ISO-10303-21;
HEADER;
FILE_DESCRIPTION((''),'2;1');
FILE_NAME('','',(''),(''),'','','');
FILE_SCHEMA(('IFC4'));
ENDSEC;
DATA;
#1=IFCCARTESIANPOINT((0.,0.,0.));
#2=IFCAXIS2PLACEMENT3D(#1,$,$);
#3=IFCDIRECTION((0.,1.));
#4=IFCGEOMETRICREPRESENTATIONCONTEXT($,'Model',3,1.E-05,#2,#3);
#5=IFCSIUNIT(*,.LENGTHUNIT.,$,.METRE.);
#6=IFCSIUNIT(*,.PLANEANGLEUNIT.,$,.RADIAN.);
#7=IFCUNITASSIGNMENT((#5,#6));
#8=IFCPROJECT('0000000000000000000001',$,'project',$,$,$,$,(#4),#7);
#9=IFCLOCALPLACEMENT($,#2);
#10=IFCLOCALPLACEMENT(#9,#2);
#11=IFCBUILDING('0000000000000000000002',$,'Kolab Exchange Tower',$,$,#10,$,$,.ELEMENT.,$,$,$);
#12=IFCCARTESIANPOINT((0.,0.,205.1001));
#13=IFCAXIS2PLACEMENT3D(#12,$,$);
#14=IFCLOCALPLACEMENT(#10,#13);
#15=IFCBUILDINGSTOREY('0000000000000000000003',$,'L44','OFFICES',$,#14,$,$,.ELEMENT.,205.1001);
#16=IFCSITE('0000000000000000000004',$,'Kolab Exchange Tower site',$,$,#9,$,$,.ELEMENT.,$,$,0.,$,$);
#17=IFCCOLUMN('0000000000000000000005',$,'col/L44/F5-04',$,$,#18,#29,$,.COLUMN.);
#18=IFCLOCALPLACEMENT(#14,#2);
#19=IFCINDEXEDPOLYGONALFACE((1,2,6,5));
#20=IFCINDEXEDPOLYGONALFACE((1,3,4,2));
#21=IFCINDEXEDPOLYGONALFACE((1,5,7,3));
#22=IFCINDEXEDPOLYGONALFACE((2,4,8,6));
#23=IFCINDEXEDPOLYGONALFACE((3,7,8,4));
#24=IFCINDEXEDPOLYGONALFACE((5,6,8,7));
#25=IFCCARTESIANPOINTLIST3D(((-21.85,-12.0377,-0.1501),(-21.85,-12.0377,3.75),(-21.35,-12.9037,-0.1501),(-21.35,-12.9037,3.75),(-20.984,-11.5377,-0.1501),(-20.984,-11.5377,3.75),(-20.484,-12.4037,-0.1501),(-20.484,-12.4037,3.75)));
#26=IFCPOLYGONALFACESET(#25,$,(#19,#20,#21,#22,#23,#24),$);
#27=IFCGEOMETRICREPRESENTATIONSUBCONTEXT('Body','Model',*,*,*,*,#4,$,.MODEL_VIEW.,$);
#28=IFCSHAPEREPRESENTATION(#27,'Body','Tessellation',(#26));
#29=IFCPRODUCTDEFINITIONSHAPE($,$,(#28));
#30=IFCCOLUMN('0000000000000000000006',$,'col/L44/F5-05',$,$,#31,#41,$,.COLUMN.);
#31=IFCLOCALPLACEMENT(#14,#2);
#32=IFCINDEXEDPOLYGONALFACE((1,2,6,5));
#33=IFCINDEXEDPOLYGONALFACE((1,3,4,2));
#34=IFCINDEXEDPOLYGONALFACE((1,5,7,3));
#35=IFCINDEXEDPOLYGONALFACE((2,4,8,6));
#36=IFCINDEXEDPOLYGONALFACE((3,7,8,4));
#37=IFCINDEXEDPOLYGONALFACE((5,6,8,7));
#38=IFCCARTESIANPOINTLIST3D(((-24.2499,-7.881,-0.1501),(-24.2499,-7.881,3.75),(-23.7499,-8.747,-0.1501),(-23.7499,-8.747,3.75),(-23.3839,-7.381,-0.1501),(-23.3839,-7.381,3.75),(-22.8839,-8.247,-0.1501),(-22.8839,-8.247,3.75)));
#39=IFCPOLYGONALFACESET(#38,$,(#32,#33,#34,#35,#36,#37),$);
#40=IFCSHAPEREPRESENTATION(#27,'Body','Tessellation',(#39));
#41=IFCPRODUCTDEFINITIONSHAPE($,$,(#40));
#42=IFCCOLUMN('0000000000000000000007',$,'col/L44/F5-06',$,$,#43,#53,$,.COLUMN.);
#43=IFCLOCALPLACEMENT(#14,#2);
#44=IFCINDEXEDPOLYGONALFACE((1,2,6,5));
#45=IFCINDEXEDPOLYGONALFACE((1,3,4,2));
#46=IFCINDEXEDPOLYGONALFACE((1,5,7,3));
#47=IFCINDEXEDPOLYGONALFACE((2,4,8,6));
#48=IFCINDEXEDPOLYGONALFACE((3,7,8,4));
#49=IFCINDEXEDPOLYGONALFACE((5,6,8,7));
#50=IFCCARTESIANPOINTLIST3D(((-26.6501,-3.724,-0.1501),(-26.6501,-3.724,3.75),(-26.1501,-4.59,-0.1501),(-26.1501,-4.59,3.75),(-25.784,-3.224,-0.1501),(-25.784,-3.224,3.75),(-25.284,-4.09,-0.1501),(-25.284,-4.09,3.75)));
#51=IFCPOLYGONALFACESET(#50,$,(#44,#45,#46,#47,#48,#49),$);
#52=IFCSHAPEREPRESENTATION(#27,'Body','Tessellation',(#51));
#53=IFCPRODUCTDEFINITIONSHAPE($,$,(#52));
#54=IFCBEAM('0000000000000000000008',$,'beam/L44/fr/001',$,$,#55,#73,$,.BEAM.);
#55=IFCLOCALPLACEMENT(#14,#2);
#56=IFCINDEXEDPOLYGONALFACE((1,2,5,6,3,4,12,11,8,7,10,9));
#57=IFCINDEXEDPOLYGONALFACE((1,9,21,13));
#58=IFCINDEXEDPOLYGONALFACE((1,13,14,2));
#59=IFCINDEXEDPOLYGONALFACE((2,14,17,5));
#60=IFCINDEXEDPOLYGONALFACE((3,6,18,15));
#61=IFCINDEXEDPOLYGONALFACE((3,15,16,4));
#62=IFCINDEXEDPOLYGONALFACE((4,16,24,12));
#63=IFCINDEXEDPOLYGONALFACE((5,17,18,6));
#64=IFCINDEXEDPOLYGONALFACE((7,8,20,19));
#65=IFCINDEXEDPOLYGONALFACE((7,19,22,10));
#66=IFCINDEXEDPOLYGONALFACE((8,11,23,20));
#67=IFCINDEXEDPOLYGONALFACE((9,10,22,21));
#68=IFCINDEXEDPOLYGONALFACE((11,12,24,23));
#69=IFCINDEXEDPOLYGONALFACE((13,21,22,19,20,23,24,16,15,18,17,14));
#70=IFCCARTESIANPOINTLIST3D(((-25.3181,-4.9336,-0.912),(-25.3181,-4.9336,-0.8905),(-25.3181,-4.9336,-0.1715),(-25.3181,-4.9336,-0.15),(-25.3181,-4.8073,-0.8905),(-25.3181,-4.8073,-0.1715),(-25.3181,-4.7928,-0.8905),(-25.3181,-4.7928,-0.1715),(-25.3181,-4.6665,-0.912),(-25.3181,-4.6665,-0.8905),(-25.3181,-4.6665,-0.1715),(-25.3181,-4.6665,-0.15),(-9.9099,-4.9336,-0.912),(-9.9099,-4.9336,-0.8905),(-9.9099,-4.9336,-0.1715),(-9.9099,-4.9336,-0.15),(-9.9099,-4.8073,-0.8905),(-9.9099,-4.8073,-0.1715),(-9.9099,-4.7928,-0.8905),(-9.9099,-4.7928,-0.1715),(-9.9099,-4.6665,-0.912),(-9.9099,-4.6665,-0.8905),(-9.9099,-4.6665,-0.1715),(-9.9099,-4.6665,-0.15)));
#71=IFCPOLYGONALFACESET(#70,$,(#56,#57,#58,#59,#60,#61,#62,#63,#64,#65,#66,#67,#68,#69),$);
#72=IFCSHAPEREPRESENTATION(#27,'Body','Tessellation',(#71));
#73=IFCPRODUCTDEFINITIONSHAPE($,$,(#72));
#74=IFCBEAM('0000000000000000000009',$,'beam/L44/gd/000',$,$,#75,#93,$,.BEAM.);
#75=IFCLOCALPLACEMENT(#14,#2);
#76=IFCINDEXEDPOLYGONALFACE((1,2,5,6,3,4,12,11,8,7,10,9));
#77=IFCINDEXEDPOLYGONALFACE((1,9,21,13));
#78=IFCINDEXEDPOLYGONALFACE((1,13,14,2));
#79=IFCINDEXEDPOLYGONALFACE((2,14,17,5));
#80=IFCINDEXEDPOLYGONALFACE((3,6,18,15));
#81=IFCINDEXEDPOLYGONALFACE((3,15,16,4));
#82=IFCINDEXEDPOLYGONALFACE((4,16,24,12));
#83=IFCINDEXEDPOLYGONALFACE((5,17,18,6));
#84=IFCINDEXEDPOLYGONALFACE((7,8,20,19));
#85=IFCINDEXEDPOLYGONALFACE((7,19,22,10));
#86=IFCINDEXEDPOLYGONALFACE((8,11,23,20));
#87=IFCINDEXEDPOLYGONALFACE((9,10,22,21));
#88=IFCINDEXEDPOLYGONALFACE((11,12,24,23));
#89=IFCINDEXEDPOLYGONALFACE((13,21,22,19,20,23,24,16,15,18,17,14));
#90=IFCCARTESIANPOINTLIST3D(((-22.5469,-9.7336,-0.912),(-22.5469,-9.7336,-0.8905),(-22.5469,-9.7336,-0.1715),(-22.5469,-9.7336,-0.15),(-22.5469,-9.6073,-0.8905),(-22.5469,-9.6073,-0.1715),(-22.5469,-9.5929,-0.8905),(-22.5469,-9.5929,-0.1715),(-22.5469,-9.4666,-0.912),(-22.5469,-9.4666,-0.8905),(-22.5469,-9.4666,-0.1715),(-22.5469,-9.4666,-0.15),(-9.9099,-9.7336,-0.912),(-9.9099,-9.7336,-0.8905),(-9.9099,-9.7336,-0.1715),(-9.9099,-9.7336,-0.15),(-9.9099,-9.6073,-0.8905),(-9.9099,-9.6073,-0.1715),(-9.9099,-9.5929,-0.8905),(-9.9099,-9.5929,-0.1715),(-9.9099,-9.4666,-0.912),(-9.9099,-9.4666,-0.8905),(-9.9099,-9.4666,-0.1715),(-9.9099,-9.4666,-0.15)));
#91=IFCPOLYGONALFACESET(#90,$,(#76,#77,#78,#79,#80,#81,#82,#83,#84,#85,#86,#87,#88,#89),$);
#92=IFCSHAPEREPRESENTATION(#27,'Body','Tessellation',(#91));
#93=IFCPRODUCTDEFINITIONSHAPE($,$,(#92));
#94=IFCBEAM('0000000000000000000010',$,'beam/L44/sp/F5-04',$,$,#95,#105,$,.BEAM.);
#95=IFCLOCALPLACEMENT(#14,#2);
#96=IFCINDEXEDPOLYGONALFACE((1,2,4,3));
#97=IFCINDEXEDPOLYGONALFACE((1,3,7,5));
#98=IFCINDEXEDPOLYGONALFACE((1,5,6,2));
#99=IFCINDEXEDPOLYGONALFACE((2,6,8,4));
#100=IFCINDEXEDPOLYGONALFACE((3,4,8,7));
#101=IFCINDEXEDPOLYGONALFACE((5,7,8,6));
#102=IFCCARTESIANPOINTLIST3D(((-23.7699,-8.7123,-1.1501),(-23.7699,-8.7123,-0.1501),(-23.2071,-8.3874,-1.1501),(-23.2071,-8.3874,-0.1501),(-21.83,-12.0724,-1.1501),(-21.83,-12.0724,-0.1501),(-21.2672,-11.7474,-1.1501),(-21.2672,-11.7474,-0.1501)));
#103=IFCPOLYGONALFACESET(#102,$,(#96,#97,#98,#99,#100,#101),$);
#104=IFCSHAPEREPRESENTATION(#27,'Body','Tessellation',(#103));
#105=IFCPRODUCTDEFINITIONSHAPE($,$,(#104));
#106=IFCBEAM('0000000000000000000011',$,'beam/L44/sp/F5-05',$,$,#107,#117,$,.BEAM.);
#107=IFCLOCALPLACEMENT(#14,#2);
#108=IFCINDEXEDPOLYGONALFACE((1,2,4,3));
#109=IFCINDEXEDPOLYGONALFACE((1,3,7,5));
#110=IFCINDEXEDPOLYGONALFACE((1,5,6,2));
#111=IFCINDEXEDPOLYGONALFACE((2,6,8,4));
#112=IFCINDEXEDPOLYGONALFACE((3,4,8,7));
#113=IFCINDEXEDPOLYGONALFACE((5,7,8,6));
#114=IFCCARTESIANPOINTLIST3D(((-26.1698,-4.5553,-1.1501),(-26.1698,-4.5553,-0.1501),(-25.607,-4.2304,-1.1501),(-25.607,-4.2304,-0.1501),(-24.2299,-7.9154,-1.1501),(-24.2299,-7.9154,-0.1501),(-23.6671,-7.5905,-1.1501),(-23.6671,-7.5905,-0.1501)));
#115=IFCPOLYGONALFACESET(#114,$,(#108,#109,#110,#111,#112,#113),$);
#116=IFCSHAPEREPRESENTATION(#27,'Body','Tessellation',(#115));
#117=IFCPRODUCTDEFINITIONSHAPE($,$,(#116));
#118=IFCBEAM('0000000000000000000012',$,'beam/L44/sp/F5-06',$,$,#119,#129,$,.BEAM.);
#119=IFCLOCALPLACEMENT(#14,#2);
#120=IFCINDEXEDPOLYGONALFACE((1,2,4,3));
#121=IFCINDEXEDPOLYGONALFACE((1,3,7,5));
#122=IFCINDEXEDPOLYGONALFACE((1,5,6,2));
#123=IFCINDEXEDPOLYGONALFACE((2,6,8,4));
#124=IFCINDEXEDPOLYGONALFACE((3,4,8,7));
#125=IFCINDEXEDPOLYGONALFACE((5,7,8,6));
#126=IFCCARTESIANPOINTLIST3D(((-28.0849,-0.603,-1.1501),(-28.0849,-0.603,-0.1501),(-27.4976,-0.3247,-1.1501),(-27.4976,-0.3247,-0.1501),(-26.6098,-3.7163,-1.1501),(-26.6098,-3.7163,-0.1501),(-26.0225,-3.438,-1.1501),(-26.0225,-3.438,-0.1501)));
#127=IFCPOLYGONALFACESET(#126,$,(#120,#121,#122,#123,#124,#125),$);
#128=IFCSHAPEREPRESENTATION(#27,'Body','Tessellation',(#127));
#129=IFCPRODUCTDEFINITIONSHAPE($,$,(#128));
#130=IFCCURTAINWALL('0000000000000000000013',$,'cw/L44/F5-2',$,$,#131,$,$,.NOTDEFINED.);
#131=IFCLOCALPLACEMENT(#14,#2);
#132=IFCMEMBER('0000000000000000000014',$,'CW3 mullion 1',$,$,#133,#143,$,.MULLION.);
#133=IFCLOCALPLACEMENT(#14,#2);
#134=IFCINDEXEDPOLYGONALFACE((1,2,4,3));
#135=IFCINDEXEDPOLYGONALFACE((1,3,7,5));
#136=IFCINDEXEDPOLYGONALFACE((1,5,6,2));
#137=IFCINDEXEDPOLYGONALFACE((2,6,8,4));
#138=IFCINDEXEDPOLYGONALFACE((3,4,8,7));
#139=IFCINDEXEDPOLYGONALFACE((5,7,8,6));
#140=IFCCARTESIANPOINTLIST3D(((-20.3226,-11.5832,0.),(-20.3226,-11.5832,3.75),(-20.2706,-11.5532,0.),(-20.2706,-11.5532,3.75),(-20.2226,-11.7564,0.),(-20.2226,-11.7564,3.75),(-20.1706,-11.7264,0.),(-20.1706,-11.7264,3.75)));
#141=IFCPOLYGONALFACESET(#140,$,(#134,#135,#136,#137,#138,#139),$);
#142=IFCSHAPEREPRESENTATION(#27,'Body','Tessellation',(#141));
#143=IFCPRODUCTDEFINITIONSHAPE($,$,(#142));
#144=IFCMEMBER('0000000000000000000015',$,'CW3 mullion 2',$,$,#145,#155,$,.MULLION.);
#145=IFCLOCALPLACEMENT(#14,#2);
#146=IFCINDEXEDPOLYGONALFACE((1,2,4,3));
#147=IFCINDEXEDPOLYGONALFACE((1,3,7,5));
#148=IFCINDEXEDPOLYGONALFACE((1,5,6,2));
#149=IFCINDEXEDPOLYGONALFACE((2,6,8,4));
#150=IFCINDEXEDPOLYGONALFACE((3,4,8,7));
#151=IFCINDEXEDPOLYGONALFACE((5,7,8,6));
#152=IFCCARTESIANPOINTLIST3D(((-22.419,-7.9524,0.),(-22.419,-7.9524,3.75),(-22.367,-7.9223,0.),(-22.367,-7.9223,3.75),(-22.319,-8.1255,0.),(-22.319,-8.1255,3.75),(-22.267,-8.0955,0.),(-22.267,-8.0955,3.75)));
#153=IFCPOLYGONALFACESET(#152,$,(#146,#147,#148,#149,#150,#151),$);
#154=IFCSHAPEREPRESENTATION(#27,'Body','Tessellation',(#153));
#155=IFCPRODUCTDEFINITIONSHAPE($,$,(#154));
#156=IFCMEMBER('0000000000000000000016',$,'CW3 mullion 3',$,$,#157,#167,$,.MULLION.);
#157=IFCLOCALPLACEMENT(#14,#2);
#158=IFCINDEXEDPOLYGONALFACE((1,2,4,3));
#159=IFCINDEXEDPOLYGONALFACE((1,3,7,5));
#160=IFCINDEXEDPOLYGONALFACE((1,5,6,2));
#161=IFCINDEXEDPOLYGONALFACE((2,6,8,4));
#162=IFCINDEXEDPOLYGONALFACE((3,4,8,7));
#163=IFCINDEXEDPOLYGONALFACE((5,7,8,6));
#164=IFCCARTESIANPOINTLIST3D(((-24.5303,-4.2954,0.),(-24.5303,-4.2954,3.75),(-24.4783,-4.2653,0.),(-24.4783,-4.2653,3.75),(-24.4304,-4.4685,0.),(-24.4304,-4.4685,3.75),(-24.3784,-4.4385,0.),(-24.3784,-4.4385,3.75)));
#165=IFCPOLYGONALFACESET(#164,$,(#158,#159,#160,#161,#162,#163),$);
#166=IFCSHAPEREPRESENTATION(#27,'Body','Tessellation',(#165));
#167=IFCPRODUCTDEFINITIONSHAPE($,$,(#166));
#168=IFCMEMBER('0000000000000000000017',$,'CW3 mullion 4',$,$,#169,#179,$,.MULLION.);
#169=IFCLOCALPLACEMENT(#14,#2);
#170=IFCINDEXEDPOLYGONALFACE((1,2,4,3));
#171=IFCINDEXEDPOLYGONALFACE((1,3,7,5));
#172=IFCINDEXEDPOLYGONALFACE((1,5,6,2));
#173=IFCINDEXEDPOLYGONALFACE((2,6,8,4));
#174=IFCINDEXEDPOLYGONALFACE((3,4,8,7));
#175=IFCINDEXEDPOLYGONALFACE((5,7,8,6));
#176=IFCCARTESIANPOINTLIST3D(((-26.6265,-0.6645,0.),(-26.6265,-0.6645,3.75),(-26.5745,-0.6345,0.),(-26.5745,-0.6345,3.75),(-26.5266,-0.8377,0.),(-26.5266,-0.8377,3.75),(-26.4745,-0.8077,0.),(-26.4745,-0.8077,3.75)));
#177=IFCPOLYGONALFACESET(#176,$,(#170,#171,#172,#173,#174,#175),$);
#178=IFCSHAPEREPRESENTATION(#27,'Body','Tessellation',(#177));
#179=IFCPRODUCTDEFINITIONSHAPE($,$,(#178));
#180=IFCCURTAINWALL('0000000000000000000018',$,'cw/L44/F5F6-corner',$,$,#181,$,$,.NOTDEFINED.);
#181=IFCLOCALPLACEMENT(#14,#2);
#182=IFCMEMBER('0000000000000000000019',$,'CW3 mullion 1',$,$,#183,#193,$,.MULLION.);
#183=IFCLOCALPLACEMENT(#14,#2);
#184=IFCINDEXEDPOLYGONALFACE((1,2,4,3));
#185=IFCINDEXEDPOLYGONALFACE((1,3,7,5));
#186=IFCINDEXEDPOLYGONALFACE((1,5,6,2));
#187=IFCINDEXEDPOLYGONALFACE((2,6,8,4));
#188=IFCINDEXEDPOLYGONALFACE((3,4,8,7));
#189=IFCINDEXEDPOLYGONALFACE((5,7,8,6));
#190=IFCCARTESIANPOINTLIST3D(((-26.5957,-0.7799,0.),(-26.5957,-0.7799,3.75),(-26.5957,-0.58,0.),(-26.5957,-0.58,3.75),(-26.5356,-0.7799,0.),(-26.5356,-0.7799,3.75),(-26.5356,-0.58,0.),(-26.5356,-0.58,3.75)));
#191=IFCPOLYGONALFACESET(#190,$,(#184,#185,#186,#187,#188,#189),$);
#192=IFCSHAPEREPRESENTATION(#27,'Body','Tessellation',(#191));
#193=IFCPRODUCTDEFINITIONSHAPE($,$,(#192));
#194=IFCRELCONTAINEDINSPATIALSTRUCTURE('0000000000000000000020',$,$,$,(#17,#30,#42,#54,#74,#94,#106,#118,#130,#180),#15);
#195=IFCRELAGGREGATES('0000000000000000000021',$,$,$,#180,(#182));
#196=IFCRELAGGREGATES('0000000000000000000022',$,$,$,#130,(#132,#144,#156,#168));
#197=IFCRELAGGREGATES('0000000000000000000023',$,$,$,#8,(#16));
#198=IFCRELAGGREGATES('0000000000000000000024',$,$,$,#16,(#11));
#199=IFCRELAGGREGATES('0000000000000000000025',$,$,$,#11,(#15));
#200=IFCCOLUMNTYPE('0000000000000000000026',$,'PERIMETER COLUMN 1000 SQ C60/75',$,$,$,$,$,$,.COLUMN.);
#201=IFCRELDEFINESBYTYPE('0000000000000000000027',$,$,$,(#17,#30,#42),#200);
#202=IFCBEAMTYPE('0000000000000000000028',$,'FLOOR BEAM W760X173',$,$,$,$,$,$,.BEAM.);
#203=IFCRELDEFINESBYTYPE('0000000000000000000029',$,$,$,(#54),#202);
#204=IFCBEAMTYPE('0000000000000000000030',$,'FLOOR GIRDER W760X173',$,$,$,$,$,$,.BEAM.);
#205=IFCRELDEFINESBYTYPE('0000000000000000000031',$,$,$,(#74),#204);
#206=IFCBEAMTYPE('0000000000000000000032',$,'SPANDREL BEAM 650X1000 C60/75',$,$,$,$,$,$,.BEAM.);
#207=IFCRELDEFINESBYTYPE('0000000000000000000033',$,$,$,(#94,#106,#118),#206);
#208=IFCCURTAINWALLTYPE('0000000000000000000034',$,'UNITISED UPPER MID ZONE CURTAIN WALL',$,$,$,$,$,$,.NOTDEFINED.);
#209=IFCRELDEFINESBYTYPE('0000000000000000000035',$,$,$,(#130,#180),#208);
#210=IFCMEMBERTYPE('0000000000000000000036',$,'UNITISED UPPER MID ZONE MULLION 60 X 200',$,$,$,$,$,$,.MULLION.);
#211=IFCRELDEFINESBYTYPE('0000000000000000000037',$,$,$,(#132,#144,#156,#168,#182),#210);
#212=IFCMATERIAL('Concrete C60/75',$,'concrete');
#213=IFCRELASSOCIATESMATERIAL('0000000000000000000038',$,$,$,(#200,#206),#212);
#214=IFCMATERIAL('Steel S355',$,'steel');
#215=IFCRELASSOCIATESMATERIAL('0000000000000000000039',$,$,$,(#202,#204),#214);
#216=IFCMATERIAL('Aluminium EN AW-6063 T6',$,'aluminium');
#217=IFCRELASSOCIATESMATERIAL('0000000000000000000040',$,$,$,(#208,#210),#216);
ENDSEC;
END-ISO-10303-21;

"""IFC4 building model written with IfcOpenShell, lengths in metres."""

from ifc_helpers import new_model, si_unit, direction, frame, origin, origin_2d, place, context, subcontext, project, spatial, rectangle, i_section, extrude, material, material_profile, profile_set, type_object, element, aggregate, save


model = new_model("IFC4")

# Units and contexts
model_context = context("Model", 3, precision=1e-05, world=origin(), true_north=direction((0.0, 1.0)))
body_context = subcontext(model_context, "Body", "Model", "MODEL_VIEW")
ifc_project = project(units=[si_unit("LENGTHUNIT", "METRE"), si_unit("PLANEANGLEUNIT", "RADIAN")], contexts=[model_context])

# Site, building, storey
site_placement = place(None, origin())
site = spatial("IfcSite", under=ifc_project, at=site_placement, Name="Kolab Exchange Tower site", CompositionType="ELEMENT", RefElevation=0.0)
building_placement = place(site_placement, origin())
building = spatial("IfcBuilding", under=site, at=building_placement, Name="Kolab Exchange Tower", CompositionType="ELEMENT")
storey_placement = place(building_placement, frame((0.0, 0.0, 205.1001)))
storey = spatial("IfcBuildingStorey", under=building, at=storey_placement, Name="L44", Description="OFFICES", CompositionType="ELEMENT", Elevation=205.1001)

# Columns
ifc_material_1 = material(Name="Concrete C60/75", Category="concrete")
ifc_material_profile_1 = material_profile(ifc_material_1, rectangle(XDim=1.0, YDim=1.0, at=origin_2d()), Name="RC1000")
ifc_profile_set_1 = profile_set([ifc_material_profile_1], Name="Concrete C60/75")
column_type = type_object("IfcColumnType", Name="PERIMETER COLUMN 1000 SQ C60/75", PredefinedType="COLUMN", material=ifc_profile_set_1)
for number, where, z_axis, x_axis, name in (
    (1, (-21.167, -12.2207, -0.1501), (0.0, 0.0, 1.0), (0.866025, 0.5, 0.0), "col/L44/F5-04"),
    (2, (-23.5669, -8.064, -0.1501), (0.0, 0.0, 1.0), (0.866025, 0.5, 0.0), "col/L44/F5-05"),
    (3, (-25.967, -3.907, -0.1501), (0.0, 0.0, 1.0), (0.866025, 0.5, 0.0), "col/L44/F5-06"),
):
    element("IfcColumn", number, at=place(storey_placement, frame(where, z_axis=z_axis, x_axis=x_axis)), inside=storey, type_object=column_type, Name=name, PredefinedType="COLUMN", context=body_context, shape_type="SweptSolid", body=[
        extrude(rectangle(XDim=1.0, YDim=1.0, at=origin_2d()), origin(), (0.0, 0.0, 1.0), 3.9001),
    ])

# Beams
ifc_material_2 = material(Name="Steel S355", Category="steel")
ifc_material_profile_2 = material_profile(ifc_material_2, i_section(OverallWidth=0.2671, OverallDepth=0.762, WebThickness=0.0144, FlangeThickness=0.0215, at=origin_2d()), Name="W760X173")
ifc_profile_set_2 = profile_set([ifc_material_profile_2], Name="Steel S355")
beam_type_1 = type_object("IfcBeamType", Name="FLOOR BEAM W760X173", PredefinedType="BEAM", material=ifc_profile_set_2)
beam_1_placement = place(storey_placement, frame((-25.3181, -4.8, -0.531), z_axis=(1.0, 0.0, 0.0), x_axis=(0.0, 1.0, 0.0)))
element("IfcBeam", 4, at=beam_1_placement, inside=storey, type_object=beam_type_1, Name="beam/L44/fr/001", PredefinedType="BEAM", context=body_context, shape_type="SweptSolid", body=[
    extrude(i_section(OverallWidth=0.2671, OverallDepth=0.762, WebThickness=0.0144, FlangeThickness=0.0215, at=origin_2d()), origin(), (0.0, 0.0, 1.0), 15.4082),
])
ifc_material_profile_3 = material_profile(ifc_material_2, i_section(OverallWidth=0.2671, OverallDepth=0.762, WebThickness=0.0144, FlangeThickness=0.0215, at=origin_2d()), Name="W760X173")
ifc_profile_set_3 = profile_set([ifc_material_profile_3], Name="Steel S355")
beam_type_2 = type_object("IfcBeamType", Name="FLOOR GIRDER W760X173", PredefinedType="BEAM", material=ifc_profile_set_3)
beam_2_placement = place(storey_placement, frame((-22.5469, -9.6001, -0.531), z_axis=(1.0, 0.0, 0.0), x_axis=(0.0, 1.0, 0.0)))
element("IfcBeam", 5, at=beam_2_placement, inside=storey, type_object=beam_type_2, Name="beam/L44/gd/000", PredefinedType="BEAM", context=body_context, shape_type="SweptSolid", body=[
    extrude(i_section(OverallWidth=0.2671, OverallDepth=0.762, WebThickness=0.0144, FlangeThickness=0.0215, at=origin_2d()), origin(), (0.0, 0.0, 1.0), 12.637),
])
ifc_material_profile_4 = material_profile(ifc_material_1, rectangle(XDim=0.6499, YDim=1.0, at=origin_2d()), Name="RC650X1000")
ifc_profile_set_4 = profile_set([ifc_material_profile_4], Name="Concrete C60/75")
beam_type_3 = type_object("IfcBeamType", Name="SPANDREL BEAM 650X1000 C60/75", PredefinedType="BEAM", material=ifc_profile_set_4)
for number, where, z_axis, x_axis, name in (
    (6, (-21.5486, -11.9099, -0.6501), (-0.499997, 0.866027, 0.0), (-0.866027, -0.499997, 0.0), "beam/L44/sp/F5-04"),
    (7, (-23.9485, -7.7529, -0.6501), (-0.499997, 0.866027, 0.0), (-0.866027, -0.499997, 0.0), "beam/L44/sp/F5-05"),
):
    element("IfcBeam", number, at=place(storey_placement, frame(where, z_axis=z_axis, x_axis=x_axis)), inside=storey, type_object=beam_type_3, Name=name, PredefinedType="BEAM", context=body_context, shape_type="SweptSolid", body=[
        extrude(rectangle(XDim=0.6499, YDim=1.0, at=origin_2d()), origin(), (0.0, 0.0, 1.0), 3.8799),
    ])
beam_3_placement = place(storey_placement, frame((-26.3162, -3.5771, -0.6501), z_axis=(-0.428178, 0.903695, 0.0), x_axis=(-0.903695, -0.428178, 0.0)))
element("IfcBeam", 8, at=beam_3_placement, inside=storey, type_object=beam_type_3, Name="beam/L44/sp/F5-06", PredefinedType="BEAM", context=body_context, shape_type="SweptSolid", body=[
    extrude(rectangle(XDim=0.6499, YDim=1.0, at=origin_2d()), origin(), (0.0, 0.0, 1.0), 3.4451),
])

# Curtain wall, members
ifc_material_3 = material(Name="Aluminium EN AW-6063 T6", Category="aluminium")
curtain_wall_type = type_object("IfcCurtainWallType", Name="UNITISED UPPER MID ZONE CURTAIN WALL", PredefinedType="NOTDEFINED", material=ifc_material_3)
curtain_wall_1_placement = place(storey_placement, origin())
curtain_wall_1 = element("IfcCurtainWall", 9, at=curtain_wall_1_placement, inside=storey, type_object=curtain_wall_type, Name="cw/L44/F5-2", PredefinedType="NOTDEFINED")
ifc_material_profile_5 = material_profile(ifc_material_3, rectangle(XDim=0.0601, YDim=0.2, at=origin_2d()), Name="RECT 60X200")
ifc_profile_set_5 = profile_set([ifc_material_profile_5], Name="Aluminium EN AW-6063 T6")
member_type_1 = type_object("IfcMemberType", Name="UNITISED UPPER MID ZONE MULLION 60 X 200", PredefinedType="MULLION", material=ifc_profile_set_5)
member_1_placement = place(storey_placement, frame((-20.2466, -11.6548, 0.0), z_axis=(0.0, 0.0, 1.0), x_axis=(-0.866025, -0.5, 0.0)))
member_1 = element("IfcMember", 10, at=member_1_placement, type_object=member_type_1, Name="CW3 mullion 1", PredefinedType="MULLION", context=body_context, shape_type="SweptSolid", body=[
    extrude(rectangle(XDim=0.0601, YDim=0.2, at=origin_2d()), origin(), (0.0, 0.0, 1.0), 3.75),
])
member_2_placement = place(storey_placement, frame((-22.343, -8.0239, 0.0), z_axis=(0.0, 0.0, 1.0), x_axis=(-0.866025, -0.5, 0.0)))
member_2 = element("IfcMember", 11, at=member_2_placement, type_object=member_type_1, Name="CW3 mullion 2", PredefinedType="MULLION", context=body_context, shape_type="SweptSolid", body=[
    extrude(rectangle(XDim=0.0601, YDim=0.2, at=origin_2d()), origin(), (0.0, 0.0, 1.0), 3.75),
])
member_3_placement = place(storey_placement, frame((-24.4543, -4.3669, 0.0), z_axis=(0.0, 0.0, 1.0), x_axis=(-0.866025, -0.5, 0.0)))
member_3 = element("IfcMember", 12, at=member_3_placement, type_object=member_type_1, Name="CW3 mullion 3", PredefinedType="MULLION", context=body_context, shape_type="SweptSolid", body=[
    extrude(rectangle(XDim=0.0601, YDim=0.2, at=origin_2d()), origin(), (0.0, 0.0, 1.0), 3.75),
])
member_4_placement = place(storey_placement, frame((-26.5505, -0.7361, 0.0), z_axis=(0.0, 0.0, 1.0), x_axis=(-0.866025, -0.5, 0.0)))
member_4 = element("IfcMember", 13, at=member_4_placement, type_object=member_type_1, Name="CW3 mullion 4", PredefinedType="MULLION", context=body_context, shape_type="SweptSolid", body=[
    extrude(rectangle(XDim=0.0601, YDim=0.2, at=origin_2d()), origin(), (0.0, 0.0, 1.0), 3.75),
])

# Curtain wall, member
curtain_wall_2_placement = place(storey_placement, origin())
curtain_wall_2 = element("IfcCurtainWall", 14, at=curtain_wall_2_placement, inside=storey, type_object=curtain_wall_type, Name="cw/L44/F5F6-corner", PredefinedType="NOTDEFINED")
member_5_placement = place(storey_placement, frame((-26.5657, -0.6799, 0.0), z_axis=(0.0, 0.0, 1.0), x_axis=(-1.0, 0.0, 0.0)))
member_5 = element("IfcMember", 15, at=member_5_placement, type_object=member_type_1, Name="CW3 mullion 1", PredefinedType="MULLION", context=body_context, shape_type="SweptSolid", body=[
    extrude(rectangle(XDim=0.0601, YDim=0.2, at=origin_2d()), origin(), (0.0, 0.0, 1.0), 3.75),
])

aggregate(curtain_wall_2, [member_5])

aggregate(curtain_wall_1, [member_1, member_2, member_3, member_4])

save(model, "model.ifc")
